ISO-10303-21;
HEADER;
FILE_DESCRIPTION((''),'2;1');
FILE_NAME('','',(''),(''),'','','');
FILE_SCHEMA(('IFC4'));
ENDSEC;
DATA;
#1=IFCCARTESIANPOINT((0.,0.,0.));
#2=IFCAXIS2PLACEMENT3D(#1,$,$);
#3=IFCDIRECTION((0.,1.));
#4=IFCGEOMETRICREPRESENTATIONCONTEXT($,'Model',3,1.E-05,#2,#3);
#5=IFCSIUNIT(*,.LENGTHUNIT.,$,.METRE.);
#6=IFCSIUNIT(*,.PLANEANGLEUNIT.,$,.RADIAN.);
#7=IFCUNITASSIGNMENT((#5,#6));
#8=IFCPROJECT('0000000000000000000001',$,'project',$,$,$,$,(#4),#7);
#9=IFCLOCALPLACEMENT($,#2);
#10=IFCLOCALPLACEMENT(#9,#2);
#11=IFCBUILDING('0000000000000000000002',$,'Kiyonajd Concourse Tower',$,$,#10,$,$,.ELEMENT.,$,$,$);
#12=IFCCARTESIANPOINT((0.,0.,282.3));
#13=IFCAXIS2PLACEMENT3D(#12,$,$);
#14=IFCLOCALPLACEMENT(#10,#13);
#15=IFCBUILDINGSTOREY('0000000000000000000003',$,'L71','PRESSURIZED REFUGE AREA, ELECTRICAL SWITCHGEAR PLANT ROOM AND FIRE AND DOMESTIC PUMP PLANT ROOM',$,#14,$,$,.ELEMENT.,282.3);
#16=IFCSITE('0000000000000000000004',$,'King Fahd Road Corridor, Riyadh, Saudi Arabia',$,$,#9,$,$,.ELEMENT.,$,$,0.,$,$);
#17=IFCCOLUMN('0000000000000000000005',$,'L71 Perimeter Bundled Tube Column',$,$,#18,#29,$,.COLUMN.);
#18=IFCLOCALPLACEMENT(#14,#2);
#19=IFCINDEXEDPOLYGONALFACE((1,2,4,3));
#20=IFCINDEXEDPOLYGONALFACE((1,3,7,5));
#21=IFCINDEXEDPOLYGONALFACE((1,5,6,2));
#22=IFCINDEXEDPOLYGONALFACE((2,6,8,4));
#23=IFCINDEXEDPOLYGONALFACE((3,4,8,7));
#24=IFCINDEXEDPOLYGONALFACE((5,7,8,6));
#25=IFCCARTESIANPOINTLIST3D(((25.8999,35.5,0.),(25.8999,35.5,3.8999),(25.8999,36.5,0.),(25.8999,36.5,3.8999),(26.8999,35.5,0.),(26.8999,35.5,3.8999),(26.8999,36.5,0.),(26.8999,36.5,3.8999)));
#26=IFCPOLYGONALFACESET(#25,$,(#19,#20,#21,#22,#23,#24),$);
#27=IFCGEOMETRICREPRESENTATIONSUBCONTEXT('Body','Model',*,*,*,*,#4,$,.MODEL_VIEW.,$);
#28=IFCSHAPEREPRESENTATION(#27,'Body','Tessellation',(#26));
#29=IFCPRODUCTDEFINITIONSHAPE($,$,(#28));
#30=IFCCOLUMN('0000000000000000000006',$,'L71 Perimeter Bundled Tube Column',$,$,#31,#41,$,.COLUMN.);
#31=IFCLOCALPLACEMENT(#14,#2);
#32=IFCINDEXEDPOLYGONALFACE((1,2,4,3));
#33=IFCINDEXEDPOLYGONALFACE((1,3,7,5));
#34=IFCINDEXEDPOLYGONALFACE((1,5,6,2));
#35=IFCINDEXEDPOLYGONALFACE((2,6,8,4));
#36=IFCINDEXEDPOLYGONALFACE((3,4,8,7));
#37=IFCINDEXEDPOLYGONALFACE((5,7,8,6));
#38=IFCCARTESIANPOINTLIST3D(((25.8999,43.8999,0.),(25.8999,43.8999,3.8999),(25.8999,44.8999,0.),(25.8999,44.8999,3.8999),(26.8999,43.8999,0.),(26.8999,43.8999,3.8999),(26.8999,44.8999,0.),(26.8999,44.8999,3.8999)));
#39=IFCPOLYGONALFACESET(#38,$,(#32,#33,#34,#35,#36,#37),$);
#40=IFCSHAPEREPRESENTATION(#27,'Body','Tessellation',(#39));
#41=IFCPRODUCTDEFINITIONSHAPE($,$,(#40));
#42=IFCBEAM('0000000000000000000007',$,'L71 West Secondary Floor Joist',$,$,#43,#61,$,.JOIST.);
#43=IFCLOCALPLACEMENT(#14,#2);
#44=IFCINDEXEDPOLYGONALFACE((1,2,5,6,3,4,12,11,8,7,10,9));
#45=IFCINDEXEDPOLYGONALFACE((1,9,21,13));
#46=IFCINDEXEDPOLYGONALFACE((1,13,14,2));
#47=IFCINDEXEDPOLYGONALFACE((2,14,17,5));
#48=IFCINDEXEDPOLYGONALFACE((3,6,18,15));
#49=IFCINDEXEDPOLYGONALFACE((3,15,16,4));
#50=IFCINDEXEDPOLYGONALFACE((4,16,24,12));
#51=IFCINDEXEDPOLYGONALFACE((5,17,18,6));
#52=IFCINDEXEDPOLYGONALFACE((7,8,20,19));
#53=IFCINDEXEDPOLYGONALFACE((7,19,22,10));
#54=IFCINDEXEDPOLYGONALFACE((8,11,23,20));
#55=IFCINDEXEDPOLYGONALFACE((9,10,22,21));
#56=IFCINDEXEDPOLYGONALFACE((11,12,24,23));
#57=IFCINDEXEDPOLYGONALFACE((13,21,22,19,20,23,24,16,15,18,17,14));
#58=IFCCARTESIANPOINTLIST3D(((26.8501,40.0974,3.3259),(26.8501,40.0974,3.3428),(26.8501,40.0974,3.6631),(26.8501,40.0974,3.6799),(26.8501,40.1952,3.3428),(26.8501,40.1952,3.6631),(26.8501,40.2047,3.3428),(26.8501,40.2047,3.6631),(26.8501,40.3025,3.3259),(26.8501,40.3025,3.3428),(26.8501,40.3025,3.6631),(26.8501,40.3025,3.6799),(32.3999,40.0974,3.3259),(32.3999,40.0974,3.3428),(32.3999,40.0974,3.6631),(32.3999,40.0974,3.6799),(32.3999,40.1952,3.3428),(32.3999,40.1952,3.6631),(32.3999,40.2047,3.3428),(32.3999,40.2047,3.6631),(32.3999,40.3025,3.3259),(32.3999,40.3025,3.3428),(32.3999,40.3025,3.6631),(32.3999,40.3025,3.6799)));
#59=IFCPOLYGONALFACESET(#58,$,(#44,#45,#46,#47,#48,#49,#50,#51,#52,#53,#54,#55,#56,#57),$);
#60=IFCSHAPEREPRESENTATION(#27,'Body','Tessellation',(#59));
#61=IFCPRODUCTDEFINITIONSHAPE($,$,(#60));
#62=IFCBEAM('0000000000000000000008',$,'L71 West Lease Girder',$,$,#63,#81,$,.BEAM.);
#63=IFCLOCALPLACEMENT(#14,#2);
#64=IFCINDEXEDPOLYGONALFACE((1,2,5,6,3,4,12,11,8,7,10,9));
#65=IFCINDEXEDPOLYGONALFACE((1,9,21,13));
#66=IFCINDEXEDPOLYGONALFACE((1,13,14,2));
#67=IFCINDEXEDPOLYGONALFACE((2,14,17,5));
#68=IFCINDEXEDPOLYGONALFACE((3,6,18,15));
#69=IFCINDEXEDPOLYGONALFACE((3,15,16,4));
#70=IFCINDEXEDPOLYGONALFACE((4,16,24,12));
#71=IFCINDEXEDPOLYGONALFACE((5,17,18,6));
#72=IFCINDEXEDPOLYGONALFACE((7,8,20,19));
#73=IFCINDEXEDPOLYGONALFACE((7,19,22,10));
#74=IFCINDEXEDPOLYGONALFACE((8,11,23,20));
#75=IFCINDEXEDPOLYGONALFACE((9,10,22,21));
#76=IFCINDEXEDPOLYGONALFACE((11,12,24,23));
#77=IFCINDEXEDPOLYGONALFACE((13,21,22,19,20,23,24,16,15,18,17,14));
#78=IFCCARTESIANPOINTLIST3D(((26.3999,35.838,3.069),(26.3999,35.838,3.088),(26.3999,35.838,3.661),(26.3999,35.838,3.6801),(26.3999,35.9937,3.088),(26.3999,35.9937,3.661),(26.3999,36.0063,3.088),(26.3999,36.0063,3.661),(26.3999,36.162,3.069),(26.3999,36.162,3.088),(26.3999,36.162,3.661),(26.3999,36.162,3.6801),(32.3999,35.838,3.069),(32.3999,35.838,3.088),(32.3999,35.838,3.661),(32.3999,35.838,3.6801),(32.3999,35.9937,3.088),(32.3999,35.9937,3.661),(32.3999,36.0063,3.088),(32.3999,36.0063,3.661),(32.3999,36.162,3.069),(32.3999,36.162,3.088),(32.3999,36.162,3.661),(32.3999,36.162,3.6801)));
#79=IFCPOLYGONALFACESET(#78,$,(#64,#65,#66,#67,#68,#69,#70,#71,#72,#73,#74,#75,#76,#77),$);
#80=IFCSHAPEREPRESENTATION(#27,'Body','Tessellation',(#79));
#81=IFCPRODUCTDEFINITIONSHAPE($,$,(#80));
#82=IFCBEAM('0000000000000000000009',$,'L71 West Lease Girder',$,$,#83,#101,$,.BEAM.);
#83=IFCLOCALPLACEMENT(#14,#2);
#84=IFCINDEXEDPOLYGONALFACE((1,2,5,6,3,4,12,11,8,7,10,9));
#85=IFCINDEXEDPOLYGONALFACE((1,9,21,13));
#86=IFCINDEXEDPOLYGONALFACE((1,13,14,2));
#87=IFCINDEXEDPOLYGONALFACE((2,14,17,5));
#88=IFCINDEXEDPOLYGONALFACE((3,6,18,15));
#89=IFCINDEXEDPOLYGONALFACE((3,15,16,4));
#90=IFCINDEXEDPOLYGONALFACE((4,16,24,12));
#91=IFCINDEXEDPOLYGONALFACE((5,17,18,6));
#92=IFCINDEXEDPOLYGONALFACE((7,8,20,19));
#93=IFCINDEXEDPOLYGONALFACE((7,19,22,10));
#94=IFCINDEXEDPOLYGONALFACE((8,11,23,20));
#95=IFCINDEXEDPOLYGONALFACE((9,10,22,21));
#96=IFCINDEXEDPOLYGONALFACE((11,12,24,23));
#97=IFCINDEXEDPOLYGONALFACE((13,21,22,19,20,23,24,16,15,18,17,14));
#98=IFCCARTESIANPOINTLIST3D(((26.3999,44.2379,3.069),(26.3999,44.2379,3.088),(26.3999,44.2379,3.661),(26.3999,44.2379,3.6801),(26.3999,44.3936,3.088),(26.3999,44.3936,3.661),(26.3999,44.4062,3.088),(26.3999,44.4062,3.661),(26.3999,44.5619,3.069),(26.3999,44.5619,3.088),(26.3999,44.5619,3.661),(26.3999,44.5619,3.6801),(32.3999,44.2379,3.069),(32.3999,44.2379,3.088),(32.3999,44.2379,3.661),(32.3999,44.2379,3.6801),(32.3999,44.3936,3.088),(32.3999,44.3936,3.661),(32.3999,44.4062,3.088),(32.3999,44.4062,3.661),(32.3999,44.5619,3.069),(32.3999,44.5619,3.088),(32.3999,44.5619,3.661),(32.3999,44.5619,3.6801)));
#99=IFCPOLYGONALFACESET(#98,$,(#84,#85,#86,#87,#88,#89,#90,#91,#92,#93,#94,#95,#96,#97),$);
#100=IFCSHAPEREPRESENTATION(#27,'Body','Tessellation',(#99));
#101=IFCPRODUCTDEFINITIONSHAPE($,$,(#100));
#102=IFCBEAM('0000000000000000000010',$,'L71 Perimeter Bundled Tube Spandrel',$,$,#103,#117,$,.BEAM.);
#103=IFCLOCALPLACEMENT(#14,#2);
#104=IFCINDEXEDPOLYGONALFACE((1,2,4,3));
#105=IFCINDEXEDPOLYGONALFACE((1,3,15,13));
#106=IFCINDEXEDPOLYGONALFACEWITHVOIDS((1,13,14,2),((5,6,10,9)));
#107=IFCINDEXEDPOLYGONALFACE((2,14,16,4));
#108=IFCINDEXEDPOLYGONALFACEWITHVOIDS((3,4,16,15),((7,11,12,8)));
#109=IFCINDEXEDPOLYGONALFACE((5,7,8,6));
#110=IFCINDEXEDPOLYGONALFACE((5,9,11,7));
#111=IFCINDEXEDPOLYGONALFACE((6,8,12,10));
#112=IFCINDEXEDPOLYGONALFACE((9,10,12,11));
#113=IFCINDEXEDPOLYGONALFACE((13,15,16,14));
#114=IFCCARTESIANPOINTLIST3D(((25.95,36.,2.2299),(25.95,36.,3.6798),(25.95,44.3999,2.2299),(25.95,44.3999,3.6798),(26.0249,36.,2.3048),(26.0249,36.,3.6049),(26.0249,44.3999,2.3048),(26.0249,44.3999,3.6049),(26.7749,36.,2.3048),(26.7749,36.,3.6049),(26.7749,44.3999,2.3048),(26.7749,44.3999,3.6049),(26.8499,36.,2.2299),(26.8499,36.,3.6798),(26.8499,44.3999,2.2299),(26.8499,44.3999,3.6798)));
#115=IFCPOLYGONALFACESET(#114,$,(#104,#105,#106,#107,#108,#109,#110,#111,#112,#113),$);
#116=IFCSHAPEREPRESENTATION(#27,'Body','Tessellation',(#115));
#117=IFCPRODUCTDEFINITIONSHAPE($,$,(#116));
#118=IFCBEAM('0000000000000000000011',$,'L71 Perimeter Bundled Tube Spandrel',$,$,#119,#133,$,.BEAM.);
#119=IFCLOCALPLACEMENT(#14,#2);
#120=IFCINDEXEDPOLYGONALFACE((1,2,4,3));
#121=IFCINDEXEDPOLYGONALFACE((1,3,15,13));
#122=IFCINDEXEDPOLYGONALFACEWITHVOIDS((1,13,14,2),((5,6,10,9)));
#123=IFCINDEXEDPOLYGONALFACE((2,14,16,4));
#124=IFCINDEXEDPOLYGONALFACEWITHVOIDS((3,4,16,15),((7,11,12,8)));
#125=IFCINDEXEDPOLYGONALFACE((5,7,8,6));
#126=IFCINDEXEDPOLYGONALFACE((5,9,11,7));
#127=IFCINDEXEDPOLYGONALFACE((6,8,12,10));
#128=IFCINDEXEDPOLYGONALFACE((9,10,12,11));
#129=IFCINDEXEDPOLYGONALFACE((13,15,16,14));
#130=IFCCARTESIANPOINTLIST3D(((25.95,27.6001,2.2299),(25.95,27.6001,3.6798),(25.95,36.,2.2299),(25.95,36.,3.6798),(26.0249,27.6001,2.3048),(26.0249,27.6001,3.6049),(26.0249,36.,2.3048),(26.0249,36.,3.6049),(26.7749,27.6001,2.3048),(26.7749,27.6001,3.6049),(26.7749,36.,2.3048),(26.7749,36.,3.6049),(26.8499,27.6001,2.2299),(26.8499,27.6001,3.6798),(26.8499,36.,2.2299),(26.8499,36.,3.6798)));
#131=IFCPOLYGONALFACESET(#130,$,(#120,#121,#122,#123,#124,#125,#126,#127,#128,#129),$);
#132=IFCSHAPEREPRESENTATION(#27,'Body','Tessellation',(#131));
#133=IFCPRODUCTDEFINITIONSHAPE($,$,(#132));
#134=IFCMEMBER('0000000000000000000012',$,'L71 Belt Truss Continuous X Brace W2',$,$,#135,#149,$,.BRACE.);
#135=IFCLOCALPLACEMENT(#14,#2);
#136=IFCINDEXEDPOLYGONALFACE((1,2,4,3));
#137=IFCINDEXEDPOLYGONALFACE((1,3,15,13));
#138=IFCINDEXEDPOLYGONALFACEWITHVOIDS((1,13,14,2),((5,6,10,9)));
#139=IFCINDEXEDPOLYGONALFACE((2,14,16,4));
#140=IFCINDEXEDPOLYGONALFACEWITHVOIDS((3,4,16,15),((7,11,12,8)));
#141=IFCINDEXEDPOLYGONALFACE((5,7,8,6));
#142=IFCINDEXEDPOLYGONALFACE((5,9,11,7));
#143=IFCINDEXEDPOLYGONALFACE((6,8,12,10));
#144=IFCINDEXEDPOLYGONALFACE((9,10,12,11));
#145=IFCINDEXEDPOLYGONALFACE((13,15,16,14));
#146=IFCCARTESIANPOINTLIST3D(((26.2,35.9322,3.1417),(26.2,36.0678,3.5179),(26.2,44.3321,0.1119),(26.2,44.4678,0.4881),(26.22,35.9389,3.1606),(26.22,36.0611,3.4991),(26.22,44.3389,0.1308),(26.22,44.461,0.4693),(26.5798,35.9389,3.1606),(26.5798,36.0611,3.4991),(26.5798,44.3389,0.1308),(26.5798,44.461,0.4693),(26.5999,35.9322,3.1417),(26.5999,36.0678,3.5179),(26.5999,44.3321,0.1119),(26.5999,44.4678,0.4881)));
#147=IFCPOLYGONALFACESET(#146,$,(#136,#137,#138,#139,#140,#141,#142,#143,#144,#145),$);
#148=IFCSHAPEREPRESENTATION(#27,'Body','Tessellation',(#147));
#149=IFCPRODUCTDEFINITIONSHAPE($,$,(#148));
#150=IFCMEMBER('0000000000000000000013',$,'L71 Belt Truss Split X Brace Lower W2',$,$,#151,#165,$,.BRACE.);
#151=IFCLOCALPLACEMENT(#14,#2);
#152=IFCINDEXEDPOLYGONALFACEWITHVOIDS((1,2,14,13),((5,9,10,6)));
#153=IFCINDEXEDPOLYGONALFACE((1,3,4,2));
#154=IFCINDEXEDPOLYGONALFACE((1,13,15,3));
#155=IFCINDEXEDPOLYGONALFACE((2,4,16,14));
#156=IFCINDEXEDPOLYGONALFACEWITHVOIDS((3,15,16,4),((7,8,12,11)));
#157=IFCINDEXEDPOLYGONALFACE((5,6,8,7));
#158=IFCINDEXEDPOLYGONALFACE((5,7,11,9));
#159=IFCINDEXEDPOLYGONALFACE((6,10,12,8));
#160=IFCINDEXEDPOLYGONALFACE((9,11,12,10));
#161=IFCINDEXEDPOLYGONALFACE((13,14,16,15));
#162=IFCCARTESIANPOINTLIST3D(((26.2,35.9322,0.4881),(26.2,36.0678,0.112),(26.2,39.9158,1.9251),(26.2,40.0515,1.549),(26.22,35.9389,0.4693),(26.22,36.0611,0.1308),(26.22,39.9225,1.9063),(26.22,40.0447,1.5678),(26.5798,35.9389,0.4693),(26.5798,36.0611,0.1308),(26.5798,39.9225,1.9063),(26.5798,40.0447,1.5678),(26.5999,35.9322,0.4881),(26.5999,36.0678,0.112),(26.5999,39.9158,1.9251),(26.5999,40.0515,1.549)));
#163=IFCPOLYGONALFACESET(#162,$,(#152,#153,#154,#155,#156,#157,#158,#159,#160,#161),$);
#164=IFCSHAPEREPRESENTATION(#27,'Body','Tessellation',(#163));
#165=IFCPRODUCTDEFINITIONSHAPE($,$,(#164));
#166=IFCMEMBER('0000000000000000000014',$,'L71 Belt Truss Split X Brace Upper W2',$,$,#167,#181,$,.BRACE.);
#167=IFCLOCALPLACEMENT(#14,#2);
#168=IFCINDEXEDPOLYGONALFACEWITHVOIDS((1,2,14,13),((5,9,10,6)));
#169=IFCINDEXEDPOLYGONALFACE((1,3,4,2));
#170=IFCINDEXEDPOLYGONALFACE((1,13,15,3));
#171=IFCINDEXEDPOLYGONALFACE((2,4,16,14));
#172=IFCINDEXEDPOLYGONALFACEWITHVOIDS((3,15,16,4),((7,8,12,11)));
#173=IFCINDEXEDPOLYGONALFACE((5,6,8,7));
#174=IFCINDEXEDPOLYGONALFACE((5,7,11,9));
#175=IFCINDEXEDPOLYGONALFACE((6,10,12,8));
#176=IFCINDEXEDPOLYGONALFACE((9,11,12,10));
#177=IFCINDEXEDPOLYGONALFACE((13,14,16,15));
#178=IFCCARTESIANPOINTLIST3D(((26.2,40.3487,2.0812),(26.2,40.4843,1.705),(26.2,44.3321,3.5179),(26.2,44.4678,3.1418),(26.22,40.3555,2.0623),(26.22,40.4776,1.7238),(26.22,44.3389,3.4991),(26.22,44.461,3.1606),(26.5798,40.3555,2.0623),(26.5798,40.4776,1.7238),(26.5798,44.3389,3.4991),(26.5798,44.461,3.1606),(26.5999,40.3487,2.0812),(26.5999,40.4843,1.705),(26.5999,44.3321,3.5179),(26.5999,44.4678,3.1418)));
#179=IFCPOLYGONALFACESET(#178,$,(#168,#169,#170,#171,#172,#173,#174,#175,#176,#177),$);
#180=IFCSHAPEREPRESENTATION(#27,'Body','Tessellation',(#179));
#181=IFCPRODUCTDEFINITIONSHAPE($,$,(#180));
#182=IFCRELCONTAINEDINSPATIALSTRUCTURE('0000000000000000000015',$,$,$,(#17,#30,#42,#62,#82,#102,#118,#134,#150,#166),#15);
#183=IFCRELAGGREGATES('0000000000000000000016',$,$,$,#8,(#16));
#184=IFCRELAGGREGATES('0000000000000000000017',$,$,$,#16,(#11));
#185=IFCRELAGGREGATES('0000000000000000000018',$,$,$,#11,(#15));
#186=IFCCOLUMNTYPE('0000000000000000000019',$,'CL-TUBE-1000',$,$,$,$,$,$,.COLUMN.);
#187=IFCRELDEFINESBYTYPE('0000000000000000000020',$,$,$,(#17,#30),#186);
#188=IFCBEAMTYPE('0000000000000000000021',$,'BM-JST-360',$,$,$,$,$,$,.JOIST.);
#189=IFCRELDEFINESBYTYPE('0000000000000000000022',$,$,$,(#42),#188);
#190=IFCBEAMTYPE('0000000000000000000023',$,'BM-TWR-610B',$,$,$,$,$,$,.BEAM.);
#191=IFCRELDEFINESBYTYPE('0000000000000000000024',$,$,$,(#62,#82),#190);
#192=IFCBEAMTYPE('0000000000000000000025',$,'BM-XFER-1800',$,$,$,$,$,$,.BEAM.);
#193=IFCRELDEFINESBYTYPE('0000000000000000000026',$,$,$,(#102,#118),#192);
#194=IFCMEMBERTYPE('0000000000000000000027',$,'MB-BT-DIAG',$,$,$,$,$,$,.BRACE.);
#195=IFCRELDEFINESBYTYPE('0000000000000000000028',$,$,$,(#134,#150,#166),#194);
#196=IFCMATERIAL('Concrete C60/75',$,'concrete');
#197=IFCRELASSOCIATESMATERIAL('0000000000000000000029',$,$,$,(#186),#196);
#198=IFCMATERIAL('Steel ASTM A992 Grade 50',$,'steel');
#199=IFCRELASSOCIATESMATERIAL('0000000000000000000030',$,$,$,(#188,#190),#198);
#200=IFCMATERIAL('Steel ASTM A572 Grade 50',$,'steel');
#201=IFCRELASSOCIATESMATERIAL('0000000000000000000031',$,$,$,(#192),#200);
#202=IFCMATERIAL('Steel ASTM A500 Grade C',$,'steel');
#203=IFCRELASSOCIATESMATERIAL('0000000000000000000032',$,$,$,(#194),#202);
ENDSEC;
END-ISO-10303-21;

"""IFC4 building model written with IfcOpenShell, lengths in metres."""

from ifc_helpers import new_model, si_unit, direction, frame, origin, origin_2d, place, context, subcontext, project, spatial, rectangle, hollow_rectangle, i_section, extrude, material, material_profile, profile_set, type_object, element, save


model = new_model("IFC4")

# Units and contexts
model_context = context("Model", 3, precision=1e-05, world=origin(), true_north=direction((0.0, 1.0)))
body_context = subcontext(model_context, "Body", "Model", "MODEL_VIEW")
ifc_project = project(units=[si_unit("LENGTHUNIT", "METRE"), si_unit("PLANEANGLEUNIT", "RADIAN")], contexts=[model_context])

# Site, building, storey
site_placement = place(None, origin())
site = spatial("IfcSite", under=ifc_project, at=site_placement, Name="King Fahd Road Corridor, Riyadh, Saudi Arabia", CompositionType="ELEMENT", RefElevation=0.0)
building_placement = place(site_placement, origin())
building = spatial("IfcBuilding", under=site, at=building_placement, Name="Kiyonajd Concourse Tower", CompositionType="ELEMENT")
storey_placement = place(building_placement, frame((0.0, 0.0, 282.3)))
storey = spatial("IfcBuildingStorey", under=building, at=storey_placement, Name="L71", Description="PRESSURIZED REFUGE AREA, ELECTRICAL SWITCHGEAR PLANT ROOM AND FIRE AND DOMESTIC PUMP PLANT ROOM", CompositionType="ELEMENT", Elevation=282.3)

# Columns
ifc_material_1 = material(Name="Concrete C60/75", Category="concrete")
ifc_material_profile_1 = material_profile(ifc_material_1, rectangle(XDim=1.0, YDim=1.0, at=origin_2d()), Name="RC-1000x1000")
ifc_profile_set_1 = profile_set([ifc_material_profile_1], Name="Concrete C60/75")
column_type = type_object("IfcColumnType", Name="CL-TUBE-1000", PredefinedType="COLUMN", material=ifc_profile_set_1)
for number, where, z_axis, x_axis, name in (
    (1, (26.3999, 36.0, 0.0), (0.0, 0.0, 1.0), (1.0, 0.0, 0.0), "L71 Perimeter Bundled Tube Column"),
    (2, (26.3999, 44.3999, 0.0), (0.0, 0.0, 1.0), (1.0, 0.0, 0.0), "L71 Perimeter Bundled Tube Column"),
):
    element("IfcColumn", number, at=place(storey_placement, frame(where, z_axis=z_axis, x_axis=x_axis)), inside=storey, type_object=column_type, Name=name, PredefinedType="COLUMN", context=body_context, shape_type="SweptSolid", body=[
        extrude(rectangle(XDim=1.0, YDim=1.0, at=origin_2d()), origin(), (0.0, 0.0, 1.0), 3.8999),
    ])

# Beams
ifc_material_2 = material(Name="Steel ASTM A992 Grade 50", Category="steel")
ifc_material_profile_2 = material_profile(ifc_material_2, i_section(OverallWidth=0.2051, OverallDepth=0.354, WebThickness=0.0095, FlangeThickness=0.0168, at=origin_2d()), Name="W360X79")
ifc_profile_set_2 = profile_set([ifc_material_profile_2], Name="Steel ASTM A992 Grade 50")
beam_type_1 = type_object("IfcBeamType", Name="BM-JST-360", PredefinedType="JOIST", material=ifc_profile_set_2)
beam_placement = place(storey_placement, frame((26.8501, 40.2, 3.5029), z_axis=(1.0, 0.0, 0.0), x_axis=(0.0, 1.0, 0.0)))
element("IfcBeam", 3, at=beam_placement, inside=storey, type_object=beam_type_1, Name="L71 West Secondary Floor Joist", PredefinedType="JOIST", context=body_context, shape_type="SweptSolid", body=[
    extrude(i_section(OverallWidth=0.2051, OverallDepth=0.354, WebThickness=0.0095, FlangeThickness=0.0168, at=origin_2d()), origin(), (0.0, 0.0, 1.0), 5.5498),
])
ifc_material_profile_3 = material_profile(ifc_material_2, i_section(OverallWidth=0.324, OverallDepth=0.6111, WebThickness=0.0127, FlangeThickness=0.019, at=origin_2d()), Name="W610X155")
ifc_profile_set_3 = profile_set([ifc_material_profile_3], Name="Steel ASTM A992 Grade 50")
beam_type_2 = type_object("IfcBeamType", Name="BM-TWR-610B", PredefinedType="BEAM", material=ifc_profile_set_3)
for number, where, z_axis, x_axis, name in (
    (4, (26.3999, 36.0, 3.3745), (1.0, 0.0, 0.0), (0.0, 1.0, 0.0), "L71 West Lease Girder"),
    (5, (26.3999, 44.3999, 3.3745), (1.0, 0.0, 0.0), (0.0, 1.0, 0.0), "L71 West Lease Girder"),
):
    element("IfcBeam", number, at=place(storey_placement, frame(where, z_axis=z_axis, x_axis=x_axis)), inside=storey, type_object=beam_type_2, Name=name, PredefinedType="BEAM", context=body_context, shape_type="SweptSolid", body=[
        extrude(i_section(OverallWidth=0.324, OverallDepth=0.6111, WebThickness=0.0127, FlangeThickness=0.019, at=origin_2d()), origin(), (0.0, 0.0, 1.0), 6.0),
    ])
ifc_material_3 = material(Name="Steel ASTM A572 Grade 50", Category="steel")
ifc_material_profile_4 = material_profile(ifc_material_3, hollow_rectangle(XDim=0.8999, YDim=1.45, WallThickness=0.075, at=origin_2d()), Name="BOX-1450x900x75")
ifc_profile_set_4 = profile_set([ifc_material_profile_4], Name="Steel ASTM A572 Grade 50")
beam_type_3 = type_object("IfcBeamType", Name="BM-XFER-1800", PredefinedType="BEAM", material=ifc_profile_set_4)
for number, where, z_axis, x_axis, name in (
    (6, (26.3999, 44.3999, 2.9548), (0.0, -1.0, 0.0), (1.0, 0.0, 0.0), "L71 Perimeter Bundled Tube Spandrel"),
    (7, (26.3999, 36.0, 2.9548), (0.0, -1.0, 0.0), (1.0, 0.0, 0.0), "L71 Perimeter Bundled Tube Spandrel"),
):
    element("IfcBeam", number, at=place(storey_placement, frame(where, z_axis=z_axis, x_axis=x_axis)), inside=storey, type_object=beam_type_3, Name=name, PredefinedType="BEAM", context=body_context, shape_type="SweptSolid", body=[
        extrude(hollow_rectangle(XDim=0.8999, YDim=1.45, WallThickness=0.075, at=origin_2d()), origin(), (0.0, 0.0, 1.0), 8.3999),
    ])

# Members
ifc_material_4 = material(Name="Steel ASTM A500 Grade C", Category="steel")
ifc_material_profile_5 = material_profile(ifc_material_4, hollow_rectangle(XDim=0.3999, YDim=0.3999, WallThickness=0.02, at=origin_2d()), Name="HSS-400x400x20")
ifc_profile_set_5 = profile_set([ifc_material_profile_5], Name="Steel ASTM A500 Grade C")
member_type_1 = type_object("IfcMemberType", Name="MB-BT-DIAG", PredefinedType="BRACE", material=ifc_profile_set_5)
member_1_placement = place(storey_placement, frame((26.3999, 36.0, 3.3298), z_axis=(0.0, 0.94068, -0.339296), x_axis=(-1.0, 0.0, 0.0)))
element("IfcMember", 8, at=member_1_placement, inside=storey, type_object=member_type_1, Name="L71 Belt Truss Continuous X Brace W2", PredefinedType="BRACE", context=body_context, shape_type="SweptSolid", body=[
    extrude(hollow_rectangle(XDim=0.3999, YDim=0.3999, WallThickness=0.02, at=origin_2d()), origin(), (0.0, 0.0, 1.0), 8.9297),
])
member_2_placement = place(storey_placement, frame((26.3999, 36.0, 0.3), z_axis=(0.0, 0.940669, 0.339326), x_axis=(-1.0, 0.0, 0.0)))
element("IfcMember", 9, at=member_2_placement, inside=storey, type_object=member_type_1, Name="L71 Belt Truss Split X Brace Lower W2", PredefinedType="BRACE", context=body_context, shape_type="SweptSolid", body=[
    extrude(hollow_rectangle(XDim=0.3999, YDim=0.3999, WallThickness=0.02, at=origin_2d()), origin(), (0.0, 0.0, 1.0), 4.2349),
])
member_3_placement = place(storey_placement, frame((26.3999, 40.4165, 1.8931), z_axis=(0.0, 0.940681, 0.339293), x_axis=(-1.0, 0.0, 0.0)))
element("IfcMember", 10, at=member_3_placement, inside=storey, type_object=member_type_1, Name="L71 Belt Truss Split X Brace Upper W2", PredefinedType="BRACE", context=body_context, shape_type="SweptSolid", body=[
    extrude(hollow_rectangle(XDim=0.3999, YDim=0.3999, WallThickness=0.02, at=origin_2d()), origin(), (0.0, 0.0, 1.0), 4.2346),
])

save(model, "model.ifc")
